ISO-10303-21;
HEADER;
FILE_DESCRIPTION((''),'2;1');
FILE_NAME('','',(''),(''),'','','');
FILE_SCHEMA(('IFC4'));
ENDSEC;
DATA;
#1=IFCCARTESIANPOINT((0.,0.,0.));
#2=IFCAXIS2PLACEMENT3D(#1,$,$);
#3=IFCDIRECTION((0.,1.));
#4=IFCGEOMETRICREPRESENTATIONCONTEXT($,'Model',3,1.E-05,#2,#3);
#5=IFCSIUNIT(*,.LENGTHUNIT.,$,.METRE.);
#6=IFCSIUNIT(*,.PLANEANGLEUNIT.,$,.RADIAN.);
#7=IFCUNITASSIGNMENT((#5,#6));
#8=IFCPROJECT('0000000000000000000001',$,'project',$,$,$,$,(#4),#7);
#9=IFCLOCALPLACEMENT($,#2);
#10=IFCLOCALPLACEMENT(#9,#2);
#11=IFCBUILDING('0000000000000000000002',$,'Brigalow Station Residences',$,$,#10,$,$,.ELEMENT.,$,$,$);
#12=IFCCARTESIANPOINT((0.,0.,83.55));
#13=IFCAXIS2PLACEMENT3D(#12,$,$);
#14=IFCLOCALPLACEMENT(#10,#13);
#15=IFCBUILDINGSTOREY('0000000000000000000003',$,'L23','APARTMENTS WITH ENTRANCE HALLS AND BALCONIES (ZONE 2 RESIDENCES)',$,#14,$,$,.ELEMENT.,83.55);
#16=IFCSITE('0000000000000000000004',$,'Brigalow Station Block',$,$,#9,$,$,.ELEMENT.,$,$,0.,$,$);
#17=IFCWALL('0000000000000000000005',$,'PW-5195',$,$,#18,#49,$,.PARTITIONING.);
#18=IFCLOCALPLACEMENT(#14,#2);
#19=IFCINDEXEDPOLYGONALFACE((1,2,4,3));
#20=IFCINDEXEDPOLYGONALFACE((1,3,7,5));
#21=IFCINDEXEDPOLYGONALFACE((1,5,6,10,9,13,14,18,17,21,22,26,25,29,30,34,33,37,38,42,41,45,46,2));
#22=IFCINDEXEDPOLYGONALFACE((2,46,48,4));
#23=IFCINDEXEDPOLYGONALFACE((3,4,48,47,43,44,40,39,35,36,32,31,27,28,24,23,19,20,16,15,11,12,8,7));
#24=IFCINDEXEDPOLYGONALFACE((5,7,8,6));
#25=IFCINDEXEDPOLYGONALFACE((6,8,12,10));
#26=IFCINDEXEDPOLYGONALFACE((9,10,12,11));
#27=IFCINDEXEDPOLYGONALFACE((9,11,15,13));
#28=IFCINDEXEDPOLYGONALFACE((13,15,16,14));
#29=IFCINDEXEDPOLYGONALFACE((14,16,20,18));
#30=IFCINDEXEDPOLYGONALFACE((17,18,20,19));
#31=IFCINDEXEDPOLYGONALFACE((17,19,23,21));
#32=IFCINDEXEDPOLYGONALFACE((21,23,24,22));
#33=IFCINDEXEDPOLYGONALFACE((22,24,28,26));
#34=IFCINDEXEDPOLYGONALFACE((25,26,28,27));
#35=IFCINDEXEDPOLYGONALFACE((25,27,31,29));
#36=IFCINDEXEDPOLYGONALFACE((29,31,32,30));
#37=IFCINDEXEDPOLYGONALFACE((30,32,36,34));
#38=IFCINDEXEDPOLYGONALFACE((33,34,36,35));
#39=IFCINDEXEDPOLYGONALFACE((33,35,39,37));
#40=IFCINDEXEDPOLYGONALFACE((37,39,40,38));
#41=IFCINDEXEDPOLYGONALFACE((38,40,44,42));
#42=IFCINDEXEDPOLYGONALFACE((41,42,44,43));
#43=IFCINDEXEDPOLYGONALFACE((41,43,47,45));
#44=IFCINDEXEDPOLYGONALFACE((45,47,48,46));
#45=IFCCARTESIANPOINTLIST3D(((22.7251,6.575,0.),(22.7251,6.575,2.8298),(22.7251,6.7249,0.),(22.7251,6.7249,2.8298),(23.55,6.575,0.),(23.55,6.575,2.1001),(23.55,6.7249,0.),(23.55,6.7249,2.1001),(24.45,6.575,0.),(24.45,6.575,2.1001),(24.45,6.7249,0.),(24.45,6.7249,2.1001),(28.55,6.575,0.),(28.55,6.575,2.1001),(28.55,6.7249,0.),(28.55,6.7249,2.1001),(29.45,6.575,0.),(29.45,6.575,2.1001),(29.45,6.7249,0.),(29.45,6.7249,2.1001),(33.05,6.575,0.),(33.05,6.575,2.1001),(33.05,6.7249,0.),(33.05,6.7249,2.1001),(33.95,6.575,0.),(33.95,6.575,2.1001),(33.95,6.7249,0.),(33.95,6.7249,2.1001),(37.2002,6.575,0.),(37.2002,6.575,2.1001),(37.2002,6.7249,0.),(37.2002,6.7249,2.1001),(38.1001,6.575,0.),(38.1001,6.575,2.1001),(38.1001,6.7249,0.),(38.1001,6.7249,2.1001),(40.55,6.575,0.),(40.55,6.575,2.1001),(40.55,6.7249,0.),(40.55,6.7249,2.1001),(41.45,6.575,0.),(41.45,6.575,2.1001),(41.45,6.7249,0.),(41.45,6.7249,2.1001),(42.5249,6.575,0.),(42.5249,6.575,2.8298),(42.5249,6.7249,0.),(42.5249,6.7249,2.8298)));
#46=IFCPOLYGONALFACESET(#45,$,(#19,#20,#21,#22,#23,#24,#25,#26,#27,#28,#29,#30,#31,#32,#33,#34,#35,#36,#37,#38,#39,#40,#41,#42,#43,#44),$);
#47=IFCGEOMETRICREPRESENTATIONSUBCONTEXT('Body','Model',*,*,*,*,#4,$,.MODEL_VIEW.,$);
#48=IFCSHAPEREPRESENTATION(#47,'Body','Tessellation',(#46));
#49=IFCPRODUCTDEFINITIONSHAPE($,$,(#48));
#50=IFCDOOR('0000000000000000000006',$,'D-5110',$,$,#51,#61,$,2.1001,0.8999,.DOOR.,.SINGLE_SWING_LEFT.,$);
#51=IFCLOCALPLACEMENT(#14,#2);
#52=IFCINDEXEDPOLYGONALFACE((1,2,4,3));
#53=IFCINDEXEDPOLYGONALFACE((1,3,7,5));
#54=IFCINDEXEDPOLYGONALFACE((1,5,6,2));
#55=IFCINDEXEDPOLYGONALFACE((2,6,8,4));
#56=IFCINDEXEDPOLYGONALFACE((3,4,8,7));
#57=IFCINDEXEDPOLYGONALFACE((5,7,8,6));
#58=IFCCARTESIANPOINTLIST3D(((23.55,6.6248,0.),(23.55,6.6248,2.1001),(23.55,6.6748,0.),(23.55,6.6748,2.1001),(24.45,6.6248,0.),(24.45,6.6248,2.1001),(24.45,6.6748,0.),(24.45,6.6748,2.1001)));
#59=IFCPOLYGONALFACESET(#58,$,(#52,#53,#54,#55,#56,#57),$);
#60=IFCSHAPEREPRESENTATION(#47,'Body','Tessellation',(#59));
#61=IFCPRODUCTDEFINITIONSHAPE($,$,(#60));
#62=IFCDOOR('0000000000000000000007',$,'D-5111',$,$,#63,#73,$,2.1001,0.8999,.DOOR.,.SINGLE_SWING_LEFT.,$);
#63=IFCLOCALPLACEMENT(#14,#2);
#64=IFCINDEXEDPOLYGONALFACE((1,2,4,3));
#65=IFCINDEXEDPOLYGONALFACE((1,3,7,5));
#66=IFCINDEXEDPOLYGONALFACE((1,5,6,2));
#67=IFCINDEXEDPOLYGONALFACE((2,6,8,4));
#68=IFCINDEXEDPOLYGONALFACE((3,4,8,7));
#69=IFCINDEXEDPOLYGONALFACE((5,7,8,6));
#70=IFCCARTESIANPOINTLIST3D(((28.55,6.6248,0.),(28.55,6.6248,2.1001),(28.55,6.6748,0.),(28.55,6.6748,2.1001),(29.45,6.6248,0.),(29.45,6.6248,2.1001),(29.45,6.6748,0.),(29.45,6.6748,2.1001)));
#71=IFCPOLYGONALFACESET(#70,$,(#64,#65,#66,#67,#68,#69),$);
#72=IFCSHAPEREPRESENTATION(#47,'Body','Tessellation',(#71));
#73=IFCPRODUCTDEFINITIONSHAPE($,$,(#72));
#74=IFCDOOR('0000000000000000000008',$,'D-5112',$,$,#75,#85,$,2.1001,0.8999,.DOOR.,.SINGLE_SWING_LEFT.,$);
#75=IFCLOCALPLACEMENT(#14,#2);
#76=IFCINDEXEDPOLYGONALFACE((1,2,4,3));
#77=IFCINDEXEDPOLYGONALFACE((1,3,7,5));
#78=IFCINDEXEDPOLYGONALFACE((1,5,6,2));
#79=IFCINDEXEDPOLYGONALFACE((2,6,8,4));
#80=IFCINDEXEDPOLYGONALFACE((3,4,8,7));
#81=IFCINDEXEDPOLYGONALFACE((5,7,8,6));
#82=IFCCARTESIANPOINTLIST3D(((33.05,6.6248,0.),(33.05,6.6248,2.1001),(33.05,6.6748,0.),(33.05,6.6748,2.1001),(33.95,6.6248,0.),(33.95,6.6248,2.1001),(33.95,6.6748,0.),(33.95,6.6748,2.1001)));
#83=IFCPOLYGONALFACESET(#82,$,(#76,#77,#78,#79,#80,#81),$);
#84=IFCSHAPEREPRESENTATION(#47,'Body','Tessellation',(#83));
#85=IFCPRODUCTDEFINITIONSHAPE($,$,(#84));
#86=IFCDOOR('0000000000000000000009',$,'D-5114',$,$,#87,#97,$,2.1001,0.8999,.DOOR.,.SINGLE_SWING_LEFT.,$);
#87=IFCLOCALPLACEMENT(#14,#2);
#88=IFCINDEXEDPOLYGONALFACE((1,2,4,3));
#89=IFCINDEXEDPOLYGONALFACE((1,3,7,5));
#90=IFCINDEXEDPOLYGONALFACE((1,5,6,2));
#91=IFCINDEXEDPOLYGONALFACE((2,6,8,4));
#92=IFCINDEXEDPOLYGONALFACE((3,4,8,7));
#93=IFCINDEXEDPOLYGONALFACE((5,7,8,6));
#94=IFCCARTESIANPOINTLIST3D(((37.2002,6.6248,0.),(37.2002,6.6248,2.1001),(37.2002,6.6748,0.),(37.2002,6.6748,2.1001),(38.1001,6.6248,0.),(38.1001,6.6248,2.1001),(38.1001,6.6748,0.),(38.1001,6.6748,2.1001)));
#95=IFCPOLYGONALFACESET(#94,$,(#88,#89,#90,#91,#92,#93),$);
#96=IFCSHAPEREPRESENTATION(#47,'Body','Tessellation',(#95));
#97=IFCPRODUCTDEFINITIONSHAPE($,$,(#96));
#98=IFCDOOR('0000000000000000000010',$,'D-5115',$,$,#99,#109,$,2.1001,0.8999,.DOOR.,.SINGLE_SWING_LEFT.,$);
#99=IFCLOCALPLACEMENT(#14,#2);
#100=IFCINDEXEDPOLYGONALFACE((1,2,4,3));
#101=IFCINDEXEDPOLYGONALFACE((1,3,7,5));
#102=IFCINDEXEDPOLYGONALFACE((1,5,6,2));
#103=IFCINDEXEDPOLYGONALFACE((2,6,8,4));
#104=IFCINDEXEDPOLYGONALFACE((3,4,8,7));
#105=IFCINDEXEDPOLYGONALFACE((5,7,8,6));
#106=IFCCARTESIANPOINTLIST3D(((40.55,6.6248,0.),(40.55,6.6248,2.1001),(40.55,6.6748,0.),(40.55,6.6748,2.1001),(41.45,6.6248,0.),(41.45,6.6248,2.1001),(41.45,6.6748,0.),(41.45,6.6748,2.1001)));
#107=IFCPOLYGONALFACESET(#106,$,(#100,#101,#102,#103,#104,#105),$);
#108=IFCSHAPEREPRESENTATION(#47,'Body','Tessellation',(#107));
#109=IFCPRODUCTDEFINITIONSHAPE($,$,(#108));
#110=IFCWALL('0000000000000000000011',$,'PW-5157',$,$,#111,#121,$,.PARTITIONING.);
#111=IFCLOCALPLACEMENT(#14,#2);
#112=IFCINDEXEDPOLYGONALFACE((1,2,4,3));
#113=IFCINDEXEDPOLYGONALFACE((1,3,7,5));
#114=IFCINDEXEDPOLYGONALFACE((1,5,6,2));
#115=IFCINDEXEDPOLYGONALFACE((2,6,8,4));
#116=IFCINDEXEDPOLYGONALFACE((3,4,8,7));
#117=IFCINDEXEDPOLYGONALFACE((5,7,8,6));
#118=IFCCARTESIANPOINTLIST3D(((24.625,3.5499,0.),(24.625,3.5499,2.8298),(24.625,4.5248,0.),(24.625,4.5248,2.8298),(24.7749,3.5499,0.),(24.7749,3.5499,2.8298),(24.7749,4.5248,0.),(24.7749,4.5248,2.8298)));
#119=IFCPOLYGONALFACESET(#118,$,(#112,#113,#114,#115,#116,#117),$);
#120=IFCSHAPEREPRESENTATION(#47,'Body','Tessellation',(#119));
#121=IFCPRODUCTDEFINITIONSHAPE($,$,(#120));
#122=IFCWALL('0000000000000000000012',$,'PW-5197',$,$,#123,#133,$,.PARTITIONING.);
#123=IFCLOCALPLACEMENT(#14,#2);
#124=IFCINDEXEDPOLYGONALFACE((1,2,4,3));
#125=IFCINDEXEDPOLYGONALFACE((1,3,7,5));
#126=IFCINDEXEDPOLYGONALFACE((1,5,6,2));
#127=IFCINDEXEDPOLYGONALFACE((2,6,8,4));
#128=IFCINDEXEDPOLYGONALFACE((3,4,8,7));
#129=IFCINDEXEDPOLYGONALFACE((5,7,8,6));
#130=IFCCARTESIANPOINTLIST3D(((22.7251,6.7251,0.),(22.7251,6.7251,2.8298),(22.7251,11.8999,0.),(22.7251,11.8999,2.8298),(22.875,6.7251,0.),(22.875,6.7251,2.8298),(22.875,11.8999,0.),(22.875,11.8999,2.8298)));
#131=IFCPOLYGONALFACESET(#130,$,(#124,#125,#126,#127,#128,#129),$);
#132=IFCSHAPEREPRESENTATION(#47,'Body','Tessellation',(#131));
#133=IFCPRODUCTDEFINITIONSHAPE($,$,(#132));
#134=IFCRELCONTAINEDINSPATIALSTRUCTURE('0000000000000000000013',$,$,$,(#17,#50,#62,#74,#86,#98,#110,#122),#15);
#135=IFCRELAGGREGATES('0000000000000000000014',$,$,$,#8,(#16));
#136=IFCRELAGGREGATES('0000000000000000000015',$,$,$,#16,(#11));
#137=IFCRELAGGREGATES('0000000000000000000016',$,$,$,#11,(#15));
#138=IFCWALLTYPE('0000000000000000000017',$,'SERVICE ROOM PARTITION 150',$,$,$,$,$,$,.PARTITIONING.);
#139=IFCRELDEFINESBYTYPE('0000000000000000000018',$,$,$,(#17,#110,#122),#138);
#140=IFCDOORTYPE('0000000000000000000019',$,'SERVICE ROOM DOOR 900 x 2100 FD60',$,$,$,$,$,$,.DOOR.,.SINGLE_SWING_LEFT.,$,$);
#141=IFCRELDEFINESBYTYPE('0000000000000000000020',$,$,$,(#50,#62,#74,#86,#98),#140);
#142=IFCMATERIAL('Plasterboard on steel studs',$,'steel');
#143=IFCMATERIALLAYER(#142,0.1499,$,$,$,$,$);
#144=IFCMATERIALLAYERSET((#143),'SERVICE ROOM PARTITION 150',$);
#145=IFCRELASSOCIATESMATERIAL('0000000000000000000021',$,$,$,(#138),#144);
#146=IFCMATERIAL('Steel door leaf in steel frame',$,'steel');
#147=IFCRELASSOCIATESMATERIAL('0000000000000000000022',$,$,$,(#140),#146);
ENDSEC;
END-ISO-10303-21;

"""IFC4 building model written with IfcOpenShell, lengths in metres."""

from ifc_helpers import new_model, si_unit, direction, frame, frame_2d, origin, place, context, subcontext, project, spatial, rectangle, extrude, material, layer, layer_set, type_object, element, fill, save


model = new_model("IFC4")

# Units and contexts
model_context = context("Model", 3, precision=1e-05, world=origin(), true_north=direction((0.0, 1.0)))
body_context = subcontext(model_context, "Body", "Model", "MODEL_VIEW")
ifc_project = project(units=[si_unit("LENGTHUNIT", "METRE"), si_unit("PLANEANGLEUNIT", "RADIAN")], contexts=[model_context])

# Site, building, storey
site_placement = place(None, origin())
site = spatial("IfcSite", under=ifc_project, at=site_placement, Name="Brigalow Station Block", CompositionType="ELEMENT", RefElevation=0.0)
building_placement = place(site_placement, origin())
building = spatial("IfcBuilding", under=site, at=building_placement, Name="Brigalow Station Residences", CompositionType="ELEMENT")
storey_placement = place(building_placement, frame((0.0, 0.0, 83.55)))
storey = spatial("IfcBuildingStorey", under=building, at=storey_placement, Name="L23", Description="APARTMENTS WITH ENTRANCE HALLS AND BALCONIES (ZONE 2 RESIDENCES)", CompositionType="ELEMENT", Elevation=83.55)

# Shared definitions
ifc_material_1 = material(Name="Plasterboard on steel studs", Category="steel")
ifc_layer_1 = layer(ifc_material_1, 0.1499)
ifc_layer_set_1 = layer_set([ifc_layer_1], Name="SERVICE ROOM PARTITION 150")
wall_type_1 = type_object("IfcWallType", Name="SERVICE ROOM PARTITION 150", PredefinedType="PARTITIONING", material=ifc_layer_set_1)
ifc_material_2 = material(Name="Steel door leaf in steel frame", Category="steel")
door_type_1 = type_object("IfcDoorType", Name="SERVICE ROOM DOOR 900 x 2100 FD60", OperationType="SINGLE_SWING_LEFT", PredefinedType="DOOR", material=ifc_material_2)

# Wall, openings, doors
wall_1_placement = place(storey_placement, frame((22.7251, 6.6499, 0.0), z_axis=(0.0, 0.0, 1.0), x_axis=(1.0, 0.0, 0.0)))
wall_1 = element("IfcWall", 1, at=wall_1_placement, inside=storey, type_object=wall_type_1, Name="PW-5195", PredefinedType="PARTITIONING", context=body_context, shape_type="SweptSolid", body=[
    extrude(rectangle(XDim=19.7998, YDim=0.1499, at=frame_2d((9.8999, 0.0))), origin(), (0.0, 0.0, 1.0), 2.8298),
])
opening_1_placement = place(wall_1_placement, frame((0.825, 0.0, 0.0)))
opening_1 = element("IfcOpeningElement", 2, at=opening_1_placement, cuts=wall_1, PredefinedType="OPENING", context=body_context, shape_type="SweptSolid", body=[
    extrude(rectangle(XDim=0.8999, YDim=2.1001, at=frame_2d((0.45, 1.05))), frame((0.0, 0.085, 0.0), z_axis=(0.0, -1.0, 0.0), x_axis=(1.0, 0.0, 0.0)), (0.0, 0.0, 1.0), 0.1699),
])
opening_2_placement = place(wall_1_placement, frame((5.825, 0.0, 0.0)))
opening_2 = element("IfcOpeningElement", 3, at=opening_2_placement, cuts=wall_1, PredefinedType="OPENING", context=body_context, shape_type="SweptSolid", body=[
    extrude(rectangle(XDim=0.8999, YDim=2.1001, at=frame_2d((0.45, 1.05))), frame((0.0, 0.085, 0.0), z_axis=(0.0, -1.0, 0.0), x_axis=(1.0, 0.0, 0.0)), (0.0, 0.0, 1.0), 0.1699),
])
opening_3_placement = place(wall_1_placement, frame((10.325, 0.0, 0.0)))
opening_3 = element("IfcOpeningElement", 4, at=opening_3_placement, cuts=wall_1, PredefinedType="OPENING", context=body_context, shape_type="SweptSolid", body=[
    extrude(rectangle(XDim=0.8999, YDim=2.1001, at=frame_2d((0.45, 1.05))), frame((0.0, 0.085, 0.0), z_axis=(0.0, -1.0, 0.0), x_axis=(1.0, 0.0, 0.0)), (0.0, 0.0, 1.0), 0.1699),
])
opening_4_placement = place(wall_1_placement, frame((14.4751, 0.0, 0.0)))
opening_4 = element("IfcOpeningElement", 5, at=opening_4_placement, cuts=wall_1, PredefinedType="OPENING", context=body_context, shape_type="SweptSolid", body=[
    extrude(rectangle(XDim=0.8999, YDim=2.1001, at=frame_2d((0.45, 1.05))), frame((0.0, 0.085, 0.0), z_axis=(0.0, -1.0, 0.0), x_axis=(1.0, 0.0, 0.0)), (0.0, 0.0, 1.0), 0.1699),
])
opening_5_placement = place(wall_1_placement, frame((17.825, 0.0, 0.0)))
opening_5 = element("IfcOpeningElement", 6, at=opening_5_placement, cuts=wall_1, PredefinedType="OPENING", context=body_context, shape_type="SweptSolid", body=[
    extrude(rectangle(XDim=0.8999, YDim=2.1001, at=frame_2d((0.45, 1.05))), frame((0.0, 0.085, 0.0), z_axis=(0.0, -1.0, 0.0), x_axis=(1.0, 0.0, 0.0)), (0.0, 0.0, 1.0), 0.1699),
])
door_1_placement = place(opening_1_placement, origin())
door_1 = element("IfcDoor", 7, at=door_1_placement, inside=storey, type_object=door_type_1, Name="D-5110", OperationType="SINGLE_SWING_LEFT", OverallHeight=2.1001, OverallWidth=0.8999, PredefinedType="DOOR", context=body_context, shape_type="SweptSolid", body=[
    extrude(rectangle(XDim=0.8999, YDim=2.1001, at=frame_2d((0.45, 1.05))), frame((0.0, 0.0249, 0.0), z_axis=(0.0, -1.0, 0.0), x_axis=(1.0, 0.0, 0.0)), (0.0, 0.0, 1.0), 0.05),
])
fill(opening_1, door_1)
door_2_placement = place(opening_2_placement, origin())
door_2 = element("IfcDoor", 8, at=door_2_placement, inside=storey, type_object=door_type_1, Name="D-5111", OperationType="SINGLE_SWING_LEFT", OverallHeight=2.1001, OverallWidth=0.8999, PredefinedType="DOOR", context=body_context, shape_type="SweptSolid", body=[
    extrude(rectangle(XDim=0.8999, YDim=2.1001, at=frame_2d((0.45, 1.05))), frame((0.0, 0.0249, 0.0), z_axis=(0.0, -1.0, 0.0), x_axis=(1.0, 0.0, 0.0)), (0.0, 0.0, 1.0), 0.05),
])
fill(opening_2, door_2)
door_3_placement = place(opening_3_placement, origin())
door_3 = element("IfcDoor", 9, at=door_3_placement, inside=storey, type_object=door_type_1, Name="D-5112", OperationType="SINGLE_SWING_LEFT", OverallHeight=2.1001, OverallWidth=0.8999, PredefinedType="DOOR", context=body_context, shape_type="SweptSolid", body=[
    extrude(rectangle(XDim=0.8999, YDim=2.1001, at=frame_2d((0.45, 1.05))), frame((0.0, 0.0249, 0.0), z_axis=(0.0, -1.0, 0.0), x_axis=(1.0, 0.0, 0.0)), (0.0, 0.0, 1.0), 0.05),
])
fill(opening_3, door_3)
door_4_placement = place(opening_4_placement, origin())
door_4 = element("IfcDoor", 10, at=door_4_placement, inside=storey, type_object=door_type_1, Name="D-5114", OperationType="SINGLE_SWING_LEFT", OverallHeight=2.1001, OverallWidth=0.8999, PredefinedType="DOOR", context=body_context, shape_type="SweptSolid", body=[
    extrude(rectangle(XDim=0.8999, YDim=2.1001, at=frame_2d((0.45, 1.05))), frame((0.0, 0.0249, 0.0), z_axis=(0.0, -1.0, 0.0), x_axis=(1.0, 0.0, 0.0)), (0.0, 0.0, 1.0), 0.05),
])
fill(opening_4, door_4)
door_5_placement = place(opening_5_placement, origin())
door_5 = element("IfcDoor", 11, at=door_5_placement, inside=storey, type_object=door_type_1, Name="D-5115", OperationType="SINGLE_SWING_LEFT", OverallHeight=2.1001, OverallWidth=0.8999, PredefinedType="DOOR", context=body_context, shape_type="SweptSolid", body=[
    extrude(rectangle(XDim=0.8999, YDim=2.1001, at=frame_2d((0.45, 1.05))), frame((0.0, 0.0249, 0.0), z_axis=(0.0, -1.0, 0.0), x_axis=(1.0, 0.0, 0.0)), (0.0, 0.0, 1.0), 0.05),
])
fill(opening_5, door_5)

# Walls
wall_2_placement = place(storey_placement, frame((24.7, 3.55, 0.0), z_axis=(0.0, 0.0, 1.0), x_axis=(0.0, 1.0, 0.0)))
element("IfcWall", 12, at=wall_2_placement, inside=storey, type_object=wall_type_1, Name="PW-5157", PredefinedType="PARTITIONING", context=body_context, shape_type="SweptSolid", body=[
    extrude(rectangle(XDim=0.9749, YDim=0.1499, at=frame_2d((0.4873, 0.0))), origin(), (0.0, 0.0, 1.0), 2.8298),
])
wall_3_placement = place(storey_placement, frame((22.8, 6.7251, 0.0), z_axis=(0.0, 0.0, 1.0), x_axis=(0.0, 1.0, 0.0)))
element("IfcWall", 13, at=wall_3_placement, inside=storey, type_object=wall_type_1, Name="PW-5197", PredefinedType="PARTITIONING", context=body_context, shape_type="SweptSolid", body=[
    extrude(rectangle(XDim=5.1748, YDim=0.1499, at=frame_2d((2.5874, 0.0))), origin(), (0.0, 0.0, 1.0), 2.8298),
])

save(model, "model.ifc")
